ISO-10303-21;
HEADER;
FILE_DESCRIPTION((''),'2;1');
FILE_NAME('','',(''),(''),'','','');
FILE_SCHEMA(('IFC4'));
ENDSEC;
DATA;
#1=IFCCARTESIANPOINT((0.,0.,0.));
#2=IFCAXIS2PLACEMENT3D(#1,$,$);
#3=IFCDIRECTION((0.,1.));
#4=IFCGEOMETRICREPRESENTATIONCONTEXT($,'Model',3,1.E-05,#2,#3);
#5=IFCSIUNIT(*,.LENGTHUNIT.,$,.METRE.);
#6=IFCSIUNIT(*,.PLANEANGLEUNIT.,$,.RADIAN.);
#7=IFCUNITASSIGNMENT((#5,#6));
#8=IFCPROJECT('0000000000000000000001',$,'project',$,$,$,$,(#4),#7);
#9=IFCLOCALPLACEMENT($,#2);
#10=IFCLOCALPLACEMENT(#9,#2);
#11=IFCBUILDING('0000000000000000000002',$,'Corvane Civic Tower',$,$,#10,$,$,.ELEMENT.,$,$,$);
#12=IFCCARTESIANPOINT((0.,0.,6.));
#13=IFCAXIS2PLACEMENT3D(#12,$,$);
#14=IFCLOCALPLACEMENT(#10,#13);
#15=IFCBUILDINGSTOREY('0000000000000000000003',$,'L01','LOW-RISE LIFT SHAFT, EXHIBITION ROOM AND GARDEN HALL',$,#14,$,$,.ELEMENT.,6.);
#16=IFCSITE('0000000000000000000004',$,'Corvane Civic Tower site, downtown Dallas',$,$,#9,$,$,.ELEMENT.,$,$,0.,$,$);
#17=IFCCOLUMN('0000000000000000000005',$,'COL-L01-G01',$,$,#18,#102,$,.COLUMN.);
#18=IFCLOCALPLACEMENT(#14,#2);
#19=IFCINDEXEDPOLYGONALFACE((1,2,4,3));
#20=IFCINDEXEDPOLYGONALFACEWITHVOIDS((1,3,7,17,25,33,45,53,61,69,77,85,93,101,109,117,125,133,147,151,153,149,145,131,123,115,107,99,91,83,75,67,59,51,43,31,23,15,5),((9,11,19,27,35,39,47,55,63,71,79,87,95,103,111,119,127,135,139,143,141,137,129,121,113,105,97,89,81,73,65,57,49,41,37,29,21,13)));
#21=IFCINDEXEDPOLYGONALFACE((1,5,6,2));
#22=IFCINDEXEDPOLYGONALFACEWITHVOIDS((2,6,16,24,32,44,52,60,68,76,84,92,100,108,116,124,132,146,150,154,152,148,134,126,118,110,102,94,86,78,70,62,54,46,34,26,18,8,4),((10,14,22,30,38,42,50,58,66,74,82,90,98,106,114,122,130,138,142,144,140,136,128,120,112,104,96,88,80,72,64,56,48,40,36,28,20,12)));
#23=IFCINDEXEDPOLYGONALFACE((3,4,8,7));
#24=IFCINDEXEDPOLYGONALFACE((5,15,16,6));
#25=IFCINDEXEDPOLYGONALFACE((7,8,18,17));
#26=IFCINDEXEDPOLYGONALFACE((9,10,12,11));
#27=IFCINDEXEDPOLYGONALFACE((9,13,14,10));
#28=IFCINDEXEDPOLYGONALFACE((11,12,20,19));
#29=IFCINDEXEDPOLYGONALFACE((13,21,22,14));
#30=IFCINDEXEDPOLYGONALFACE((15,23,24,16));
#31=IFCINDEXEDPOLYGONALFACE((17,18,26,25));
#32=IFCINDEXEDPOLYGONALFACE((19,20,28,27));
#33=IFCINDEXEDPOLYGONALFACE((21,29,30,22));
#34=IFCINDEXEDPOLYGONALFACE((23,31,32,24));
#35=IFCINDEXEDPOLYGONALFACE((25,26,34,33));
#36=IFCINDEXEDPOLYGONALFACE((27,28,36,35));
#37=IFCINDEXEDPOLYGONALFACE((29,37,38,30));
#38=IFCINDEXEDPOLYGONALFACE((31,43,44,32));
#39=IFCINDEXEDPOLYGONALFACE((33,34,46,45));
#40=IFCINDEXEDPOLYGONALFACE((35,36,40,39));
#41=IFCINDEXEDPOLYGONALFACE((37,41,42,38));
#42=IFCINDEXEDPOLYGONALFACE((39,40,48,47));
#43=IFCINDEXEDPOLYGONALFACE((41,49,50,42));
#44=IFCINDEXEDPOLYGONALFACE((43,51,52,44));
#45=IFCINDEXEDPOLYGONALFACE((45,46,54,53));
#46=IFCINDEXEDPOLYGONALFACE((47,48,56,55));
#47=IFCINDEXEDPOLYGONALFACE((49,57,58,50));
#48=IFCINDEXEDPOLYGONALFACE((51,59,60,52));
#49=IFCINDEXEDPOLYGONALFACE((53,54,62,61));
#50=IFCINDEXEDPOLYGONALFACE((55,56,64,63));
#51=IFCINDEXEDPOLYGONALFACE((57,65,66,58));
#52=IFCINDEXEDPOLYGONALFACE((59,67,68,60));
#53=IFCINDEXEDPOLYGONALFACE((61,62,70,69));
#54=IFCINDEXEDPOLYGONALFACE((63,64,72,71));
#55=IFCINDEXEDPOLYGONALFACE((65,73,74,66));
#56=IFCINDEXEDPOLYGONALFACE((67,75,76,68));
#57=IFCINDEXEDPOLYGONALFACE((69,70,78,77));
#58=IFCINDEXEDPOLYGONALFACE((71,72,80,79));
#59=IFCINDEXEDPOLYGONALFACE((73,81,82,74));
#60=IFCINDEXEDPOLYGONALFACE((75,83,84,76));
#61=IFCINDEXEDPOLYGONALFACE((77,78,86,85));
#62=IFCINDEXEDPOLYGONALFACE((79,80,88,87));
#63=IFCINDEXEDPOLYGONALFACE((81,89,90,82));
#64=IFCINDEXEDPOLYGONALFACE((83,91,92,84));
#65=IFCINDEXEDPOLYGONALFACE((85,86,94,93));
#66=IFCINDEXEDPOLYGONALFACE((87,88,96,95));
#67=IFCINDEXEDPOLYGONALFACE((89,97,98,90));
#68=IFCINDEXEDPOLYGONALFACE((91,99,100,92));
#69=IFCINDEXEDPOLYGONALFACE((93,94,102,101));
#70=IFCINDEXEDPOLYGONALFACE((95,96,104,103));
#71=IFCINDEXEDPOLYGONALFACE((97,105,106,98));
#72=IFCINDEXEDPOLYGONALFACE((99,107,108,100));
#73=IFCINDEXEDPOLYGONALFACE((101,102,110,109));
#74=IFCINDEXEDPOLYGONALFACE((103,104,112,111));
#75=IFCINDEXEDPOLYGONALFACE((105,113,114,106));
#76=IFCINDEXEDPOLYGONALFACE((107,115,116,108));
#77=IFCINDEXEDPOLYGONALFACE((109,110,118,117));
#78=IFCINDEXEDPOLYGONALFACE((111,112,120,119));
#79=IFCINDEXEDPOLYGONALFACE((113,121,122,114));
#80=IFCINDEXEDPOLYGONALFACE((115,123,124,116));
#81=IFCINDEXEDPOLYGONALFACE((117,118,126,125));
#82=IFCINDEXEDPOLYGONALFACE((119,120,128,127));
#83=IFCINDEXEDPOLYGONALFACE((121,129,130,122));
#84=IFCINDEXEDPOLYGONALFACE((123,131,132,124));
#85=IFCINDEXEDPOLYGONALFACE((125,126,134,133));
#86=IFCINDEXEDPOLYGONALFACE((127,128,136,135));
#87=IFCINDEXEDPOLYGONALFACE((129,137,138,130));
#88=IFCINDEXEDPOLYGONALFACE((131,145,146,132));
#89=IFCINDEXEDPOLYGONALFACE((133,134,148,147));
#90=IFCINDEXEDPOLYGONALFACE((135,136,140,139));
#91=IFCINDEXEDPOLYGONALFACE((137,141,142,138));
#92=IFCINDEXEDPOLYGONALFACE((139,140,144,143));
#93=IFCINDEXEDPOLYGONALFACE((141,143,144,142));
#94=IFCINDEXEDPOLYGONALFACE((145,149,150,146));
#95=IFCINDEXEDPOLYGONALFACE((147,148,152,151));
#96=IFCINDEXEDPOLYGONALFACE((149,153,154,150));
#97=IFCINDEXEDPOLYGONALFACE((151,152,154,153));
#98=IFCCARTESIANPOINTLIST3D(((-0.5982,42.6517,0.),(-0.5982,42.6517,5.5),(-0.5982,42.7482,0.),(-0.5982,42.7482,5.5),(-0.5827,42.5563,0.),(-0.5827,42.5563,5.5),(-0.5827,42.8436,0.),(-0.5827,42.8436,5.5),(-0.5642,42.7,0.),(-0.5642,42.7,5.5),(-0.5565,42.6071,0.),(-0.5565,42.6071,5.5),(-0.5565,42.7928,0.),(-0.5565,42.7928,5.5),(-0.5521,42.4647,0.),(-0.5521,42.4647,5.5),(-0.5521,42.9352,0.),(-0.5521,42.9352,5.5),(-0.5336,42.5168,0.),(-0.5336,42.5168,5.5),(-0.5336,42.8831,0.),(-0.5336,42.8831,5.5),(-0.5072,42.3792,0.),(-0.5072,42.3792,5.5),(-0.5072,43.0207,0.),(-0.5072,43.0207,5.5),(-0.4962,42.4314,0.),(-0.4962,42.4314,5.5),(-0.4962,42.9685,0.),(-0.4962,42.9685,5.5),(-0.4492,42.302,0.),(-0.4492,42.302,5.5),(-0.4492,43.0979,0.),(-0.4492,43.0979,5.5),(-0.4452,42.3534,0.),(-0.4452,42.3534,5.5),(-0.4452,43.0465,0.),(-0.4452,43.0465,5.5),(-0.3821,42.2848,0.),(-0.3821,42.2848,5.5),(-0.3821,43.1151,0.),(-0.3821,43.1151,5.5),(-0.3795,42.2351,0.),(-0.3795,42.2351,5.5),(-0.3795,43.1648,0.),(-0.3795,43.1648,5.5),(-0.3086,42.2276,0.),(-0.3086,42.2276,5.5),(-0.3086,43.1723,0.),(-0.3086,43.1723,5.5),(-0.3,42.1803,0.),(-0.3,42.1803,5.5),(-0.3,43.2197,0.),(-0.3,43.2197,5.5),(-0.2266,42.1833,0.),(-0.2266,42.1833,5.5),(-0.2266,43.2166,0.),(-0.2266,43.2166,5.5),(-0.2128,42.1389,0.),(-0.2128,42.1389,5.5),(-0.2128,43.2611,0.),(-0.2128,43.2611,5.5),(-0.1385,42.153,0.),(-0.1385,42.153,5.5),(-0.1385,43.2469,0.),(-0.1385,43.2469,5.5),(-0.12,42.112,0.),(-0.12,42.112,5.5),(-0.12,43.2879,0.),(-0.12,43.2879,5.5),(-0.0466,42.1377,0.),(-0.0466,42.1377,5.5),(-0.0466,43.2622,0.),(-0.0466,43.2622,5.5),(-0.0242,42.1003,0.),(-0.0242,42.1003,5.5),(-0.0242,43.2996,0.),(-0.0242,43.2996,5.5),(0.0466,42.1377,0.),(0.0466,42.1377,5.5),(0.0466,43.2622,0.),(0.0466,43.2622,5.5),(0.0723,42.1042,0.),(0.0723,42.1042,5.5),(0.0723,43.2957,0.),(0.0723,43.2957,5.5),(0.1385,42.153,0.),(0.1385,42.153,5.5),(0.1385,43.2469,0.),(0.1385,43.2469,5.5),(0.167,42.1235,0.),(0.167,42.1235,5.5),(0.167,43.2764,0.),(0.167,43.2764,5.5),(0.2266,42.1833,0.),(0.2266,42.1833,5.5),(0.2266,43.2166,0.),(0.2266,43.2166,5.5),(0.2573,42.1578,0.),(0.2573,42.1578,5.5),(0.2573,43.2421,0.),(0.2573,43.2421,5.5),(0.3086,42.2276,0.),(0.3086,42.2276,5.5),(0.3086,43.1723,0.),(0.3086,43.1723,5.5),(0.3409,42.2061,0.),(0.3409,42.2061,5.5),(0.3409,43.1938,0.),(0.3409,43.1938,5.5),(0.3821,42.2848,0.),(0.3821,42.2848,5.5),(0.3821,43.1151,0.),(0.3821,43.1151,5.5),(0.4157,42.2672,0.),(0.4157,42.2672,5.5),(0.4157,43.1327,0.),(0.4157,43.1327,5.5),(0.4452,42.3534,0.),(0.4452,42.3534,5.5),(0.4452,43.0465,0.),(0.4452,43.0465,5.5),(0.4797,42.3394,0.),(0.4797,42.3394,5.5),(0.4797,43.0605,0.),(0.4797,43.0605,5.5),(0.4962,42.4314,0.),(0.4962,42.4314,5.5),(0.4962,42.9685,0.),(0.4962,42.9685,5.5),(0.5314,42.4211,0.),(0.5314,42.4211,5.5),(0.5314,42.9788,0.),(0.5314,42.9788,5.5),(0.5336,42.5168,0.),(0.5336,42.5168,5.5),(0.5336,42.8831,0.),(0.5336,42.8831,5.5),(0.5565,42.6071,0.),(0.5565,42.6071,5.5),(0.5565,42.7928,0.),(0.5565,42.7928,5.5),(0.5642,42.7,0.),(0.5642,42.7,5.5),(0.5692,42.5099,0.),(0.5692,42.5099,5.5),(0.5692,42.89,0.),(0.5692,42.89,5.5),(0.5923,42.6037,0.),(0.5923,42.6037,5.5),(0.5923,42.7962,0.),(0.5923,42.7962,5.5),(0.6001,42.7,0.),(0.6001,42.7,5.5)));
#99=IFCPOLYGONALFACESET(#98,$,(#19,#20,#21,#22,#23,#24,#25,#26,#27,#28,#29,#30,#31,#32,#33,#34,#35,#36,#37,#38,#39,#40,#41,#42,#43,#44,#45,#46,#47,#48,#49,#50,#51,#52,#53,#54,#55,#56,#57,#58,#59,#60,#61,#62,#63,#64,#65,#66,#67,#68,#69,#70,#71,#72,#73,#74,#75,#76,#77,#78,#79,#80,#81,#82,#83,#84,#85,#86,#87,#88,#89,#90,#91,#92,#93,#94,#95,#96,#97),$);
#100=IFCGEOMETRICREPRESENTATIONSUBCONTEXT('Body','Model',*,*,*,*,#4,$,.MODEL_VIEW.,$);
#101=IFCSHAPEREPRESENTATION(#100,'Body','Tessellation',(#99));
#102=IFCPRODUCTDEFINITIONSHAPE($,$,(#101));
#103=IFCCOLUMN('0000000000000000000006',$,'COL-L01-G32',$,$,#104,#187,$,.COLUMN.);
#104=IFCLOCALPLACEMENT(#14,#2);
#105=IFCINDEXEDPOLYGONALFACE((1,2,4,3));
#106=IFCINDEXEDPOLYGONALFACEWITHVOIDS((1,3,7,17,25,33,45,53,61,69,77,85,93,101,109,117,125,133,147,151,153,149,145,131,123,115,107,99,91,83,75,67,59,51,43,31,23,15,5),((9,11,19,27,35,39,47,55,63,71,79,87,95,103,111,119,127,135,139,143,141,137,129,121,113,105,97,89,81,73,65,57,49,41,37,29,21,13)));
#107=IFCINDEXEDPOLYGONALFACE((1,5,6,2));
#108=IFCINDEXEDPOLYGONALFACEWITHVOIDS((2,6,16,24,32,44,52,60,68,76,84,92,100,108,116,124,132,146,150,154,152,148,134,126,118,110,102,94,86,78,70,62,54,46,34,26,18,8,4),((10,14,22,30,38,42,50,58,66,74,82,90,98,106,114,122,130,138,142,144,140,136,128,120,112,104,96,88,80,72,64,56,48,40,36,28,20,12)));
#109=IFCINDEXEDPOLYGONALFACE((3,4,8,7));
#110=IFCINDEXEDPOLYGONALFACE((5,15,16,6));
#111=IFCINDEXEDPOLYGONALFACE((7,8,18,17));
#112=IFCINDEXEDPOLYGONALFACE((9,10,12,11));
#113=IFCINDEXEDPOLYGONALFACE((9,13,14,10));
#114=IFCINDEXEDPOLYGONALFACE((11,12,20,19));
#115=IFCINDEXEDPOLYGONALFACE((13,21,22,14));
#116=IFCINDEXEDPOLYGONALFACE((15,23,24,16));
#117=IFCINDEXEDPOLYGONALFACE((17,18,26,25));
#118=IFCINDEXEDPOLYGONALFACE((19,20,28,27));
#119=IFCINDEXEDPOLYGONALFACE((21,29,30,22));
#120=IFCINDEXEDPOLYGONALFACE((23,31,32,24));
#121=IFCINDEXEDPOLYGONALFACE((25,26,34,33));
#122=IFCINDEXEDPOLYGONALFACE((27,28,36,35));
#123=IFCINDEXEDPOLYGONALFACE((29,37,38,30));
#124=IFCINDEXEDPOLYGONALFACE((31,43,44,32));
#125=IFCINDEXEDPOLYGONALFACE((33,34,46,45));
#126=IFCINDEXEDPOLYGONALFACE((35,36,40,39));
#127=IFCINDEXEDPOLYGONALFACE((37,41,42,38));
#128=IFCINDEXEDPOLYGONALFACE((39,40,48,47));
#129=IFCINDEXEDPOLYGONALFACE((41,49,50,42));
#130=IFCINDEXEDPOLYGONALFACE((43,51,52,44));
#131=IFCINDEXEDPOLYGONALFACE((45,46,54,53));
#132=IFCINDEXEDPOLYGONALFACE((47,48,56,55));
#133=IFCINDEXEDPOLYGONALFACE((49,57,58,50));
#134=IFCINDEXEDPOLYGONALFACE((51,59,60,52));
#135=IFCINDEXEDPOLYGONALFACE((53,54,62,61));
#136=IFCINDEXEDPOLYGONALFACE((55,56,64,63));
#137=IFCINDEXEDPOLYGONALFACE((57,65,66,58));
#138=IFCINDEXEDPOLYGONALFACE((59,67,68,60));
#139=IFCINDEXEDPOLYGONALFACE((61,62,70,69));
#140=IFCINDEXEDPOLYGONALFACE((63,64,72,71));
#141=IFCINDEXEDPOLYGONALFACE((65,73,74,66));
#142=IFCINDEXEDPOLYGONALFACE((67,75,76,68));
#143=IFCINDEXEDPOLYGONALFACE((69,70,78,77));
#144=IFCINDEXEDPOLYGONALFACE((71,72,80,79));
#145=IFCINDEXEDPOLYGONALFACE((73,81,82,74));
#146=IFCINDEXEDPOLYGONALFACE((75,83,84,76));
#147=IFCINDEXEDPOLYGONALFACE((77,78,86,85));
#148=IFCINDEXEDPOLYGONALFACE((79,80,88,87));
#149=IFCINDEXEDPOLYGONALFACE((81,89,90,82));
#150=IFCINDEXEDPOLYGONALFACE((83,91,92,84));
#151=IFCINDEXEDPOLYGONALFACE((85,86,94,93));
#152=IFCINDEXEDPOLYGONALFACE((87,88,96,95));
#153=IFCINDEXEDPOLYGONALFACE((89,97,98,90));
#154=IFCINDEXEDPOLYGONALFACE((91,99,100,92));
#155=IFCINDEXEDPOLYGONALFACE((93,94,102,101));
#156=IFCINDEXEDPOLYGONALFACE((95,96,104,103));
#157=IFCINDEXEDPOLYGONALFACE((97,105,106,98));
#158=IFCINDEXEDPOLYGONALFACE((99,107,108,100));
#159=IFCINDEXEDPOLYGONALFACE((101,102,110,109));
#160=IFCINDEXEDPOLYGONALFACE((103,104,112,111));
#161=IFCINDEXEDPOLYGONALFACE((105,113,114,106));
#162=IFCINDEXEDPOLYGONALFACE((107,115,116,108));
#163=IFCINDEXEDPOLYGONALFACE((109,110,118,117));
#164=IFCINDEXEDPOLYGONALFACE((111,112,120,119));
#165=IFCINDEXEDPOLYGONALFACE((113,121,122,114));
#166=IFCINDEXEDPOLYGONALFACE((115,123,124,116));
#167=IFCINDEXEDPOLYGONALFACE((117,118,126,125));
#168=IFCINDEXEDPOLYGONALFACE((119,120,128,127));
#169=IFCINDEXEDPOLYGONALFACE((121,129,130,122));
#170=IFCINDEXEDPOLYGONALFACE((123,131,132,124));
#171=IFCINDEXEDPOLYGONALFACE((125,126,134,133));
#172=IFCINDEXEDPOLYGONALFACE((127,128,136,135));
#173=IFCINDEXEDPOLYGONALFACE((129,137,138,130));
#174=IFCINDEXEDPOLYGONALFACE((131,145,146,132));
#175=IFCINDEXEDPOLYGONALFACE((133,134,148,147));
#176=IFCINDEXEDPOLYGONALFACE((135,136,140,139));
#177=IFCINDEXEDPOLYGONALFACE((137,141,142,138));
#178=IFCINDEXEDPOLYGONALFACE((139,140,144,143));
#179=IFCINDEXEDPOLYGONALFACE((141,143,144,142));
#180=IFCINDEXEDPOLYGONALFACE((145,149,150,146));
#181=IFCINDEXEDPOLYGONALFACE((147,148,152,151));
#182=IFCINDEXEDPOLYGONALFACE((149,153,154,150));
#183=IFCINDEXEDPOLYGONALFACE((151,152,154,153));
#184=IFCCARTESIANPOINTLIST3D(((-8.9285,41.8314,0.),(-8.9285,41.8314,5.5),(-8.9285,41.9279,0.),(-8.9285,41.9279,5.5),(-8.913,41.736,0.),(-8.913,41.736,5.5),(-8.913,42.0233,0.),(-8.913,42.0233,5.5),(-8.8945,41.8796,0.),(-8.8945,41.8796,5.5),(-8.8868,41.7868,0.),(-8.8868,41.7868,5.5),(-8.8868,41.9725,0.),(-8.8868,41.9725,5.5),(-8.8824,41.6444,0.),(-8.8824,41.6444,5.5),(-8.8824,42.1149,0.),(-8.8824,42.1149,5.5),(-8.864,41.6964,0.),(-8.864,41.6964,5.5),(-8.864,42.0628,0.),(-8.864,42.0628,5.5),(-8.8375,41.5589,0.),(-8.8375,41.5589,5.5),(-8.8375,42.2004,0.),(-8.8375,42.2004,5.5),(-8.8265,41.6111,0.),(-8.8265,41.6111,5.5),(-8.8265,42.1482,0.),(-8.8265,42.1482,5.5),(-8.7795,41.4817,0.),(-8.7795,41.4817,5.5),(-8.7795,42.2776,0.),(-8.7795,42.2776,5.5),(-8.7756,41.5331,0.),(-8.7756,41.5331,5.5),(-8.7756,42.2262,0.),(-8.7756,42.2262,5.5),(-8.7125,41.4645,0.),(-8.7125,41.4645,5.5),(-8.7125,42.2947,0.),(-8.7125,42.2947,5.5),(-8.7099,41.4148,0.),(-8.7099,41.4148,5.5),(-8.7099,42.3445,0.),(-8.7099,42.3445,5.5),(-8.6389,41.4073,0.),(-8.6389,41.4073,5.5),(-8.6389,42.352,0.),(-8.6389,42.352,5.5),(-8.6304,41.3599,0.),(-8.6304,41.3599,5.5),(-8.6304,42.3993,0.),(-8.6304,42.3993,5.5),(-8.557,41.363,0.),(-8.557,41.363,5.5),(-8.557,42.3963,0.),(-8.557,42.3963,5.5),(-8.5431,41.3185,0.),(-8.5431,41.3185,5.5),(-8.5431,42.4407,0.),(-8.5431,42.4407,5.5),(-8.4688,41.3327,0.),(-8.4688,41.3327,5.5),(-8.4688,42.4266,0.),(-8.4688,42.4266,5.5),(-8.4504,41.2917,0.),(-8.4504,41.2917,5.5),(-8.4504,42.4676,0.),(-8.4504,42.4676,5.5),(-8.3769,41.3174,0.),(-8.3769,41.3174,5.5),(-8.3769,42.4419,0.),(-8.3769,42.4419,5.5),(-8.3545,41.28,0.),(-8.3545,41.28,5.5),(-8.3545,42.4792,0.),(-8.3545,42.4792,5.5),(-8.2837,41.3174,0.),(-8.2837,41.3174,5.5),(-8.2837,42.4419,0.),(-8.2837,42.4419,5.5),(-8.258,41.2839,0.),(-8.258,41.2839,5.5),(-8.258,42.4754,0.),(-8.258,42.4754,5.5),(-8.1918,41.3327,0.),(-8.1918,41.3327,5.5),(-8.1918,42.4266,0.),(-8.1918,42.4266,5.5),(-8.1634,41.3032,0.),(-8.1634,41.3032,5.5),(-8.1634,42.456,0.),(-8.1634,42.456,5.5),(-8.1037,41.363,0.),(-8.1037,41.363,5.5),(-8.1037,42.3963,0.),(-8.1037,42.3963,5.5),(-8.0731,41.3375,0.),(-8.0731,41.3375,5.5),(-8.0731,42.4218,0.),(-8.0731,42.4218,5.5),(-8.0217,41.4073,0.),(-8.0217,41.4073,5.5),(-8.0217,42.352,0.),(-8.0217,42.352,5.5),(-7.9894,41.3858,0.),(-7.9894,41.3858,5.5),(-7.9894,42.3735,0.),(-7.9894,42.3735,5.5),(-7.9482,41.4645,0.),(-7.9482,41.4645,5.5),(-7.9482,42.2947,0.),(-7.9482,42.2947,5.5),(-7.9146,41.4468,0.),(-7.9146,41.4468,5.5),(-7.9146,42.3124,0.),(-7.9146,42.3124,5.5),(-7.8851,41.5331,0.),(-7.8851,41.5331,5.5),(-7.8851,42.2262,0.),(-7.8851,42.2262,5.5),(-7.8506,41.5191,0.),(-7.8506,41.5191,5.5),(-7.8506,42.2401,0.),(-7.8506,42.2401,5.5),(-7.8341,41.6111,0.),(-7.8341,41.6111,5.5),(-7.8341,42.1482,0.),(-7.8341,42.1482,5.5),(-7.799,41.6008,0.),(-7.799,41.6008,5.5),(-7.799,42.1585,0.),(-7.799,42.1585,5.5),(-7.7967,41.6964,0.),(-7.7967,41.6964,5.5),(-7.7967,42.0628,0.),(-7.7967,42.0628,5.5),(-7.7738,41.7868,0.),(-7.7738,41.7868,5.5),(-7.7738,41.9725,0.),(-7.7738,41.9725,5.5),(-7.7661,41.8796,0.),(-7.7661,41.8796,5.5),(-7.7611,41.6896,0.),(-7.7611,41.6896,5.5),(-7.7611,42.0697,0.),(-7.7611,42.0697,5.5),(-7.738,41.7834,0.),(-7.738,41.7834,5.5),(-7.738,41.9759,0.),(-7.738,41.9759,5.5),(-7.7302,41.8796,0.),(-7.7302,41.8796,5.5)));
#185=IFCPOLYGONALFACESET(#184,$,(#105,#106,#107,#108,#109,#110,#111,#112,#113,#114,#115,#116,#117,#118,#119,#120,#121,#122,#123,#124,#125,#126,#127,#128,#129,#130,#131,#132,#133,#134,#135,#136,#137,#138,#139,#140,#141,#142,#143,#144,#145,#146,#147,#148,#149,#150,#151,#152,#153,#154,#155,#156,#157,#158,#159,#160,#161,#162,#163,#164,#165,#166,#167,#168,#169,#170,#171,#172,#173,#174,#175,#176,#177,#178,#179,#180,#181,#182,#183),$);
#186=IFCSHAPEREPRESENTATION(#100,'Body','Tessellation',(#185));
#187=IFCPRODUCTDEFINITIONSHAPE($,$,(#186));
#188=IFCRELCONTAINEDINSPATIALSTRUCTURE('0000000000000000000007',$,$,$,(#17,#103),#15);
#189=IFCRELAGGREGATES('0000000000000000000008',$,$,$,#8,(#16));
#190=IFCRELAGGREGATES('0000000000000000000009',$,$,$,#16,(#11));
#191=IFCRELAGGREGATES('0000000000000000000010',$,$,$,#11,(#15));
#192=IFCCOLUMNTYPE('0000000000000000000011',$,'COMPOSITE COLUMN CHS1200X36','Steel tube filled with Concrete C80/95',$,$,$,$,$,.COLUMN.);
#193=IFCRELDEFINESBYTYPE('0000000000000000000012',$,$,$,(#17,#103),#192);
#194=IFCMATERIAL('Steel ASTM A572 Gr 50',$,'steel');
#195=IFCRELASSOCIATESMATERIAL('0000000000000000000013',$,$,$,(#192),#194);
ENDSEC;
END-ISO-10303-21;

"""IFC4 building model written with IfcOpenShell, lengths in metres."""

from ifc_helpers import new_model, si_unit, direction, frame, origin, origin_2d, place, context, subcontext, project, spatial, hollow_circle, extrude, material, material_profile, profile_set, type_object, element, save


model = new_model("IFC4")

# Units and contexts
model_context = context("Model", 3, precision=1e-05, world=origin(), true_north=direction((0.0, 1.0)))
body_context = subcontext(model_context, "Body", "Model", "MODEL_VIEW")
ifc_project = project(units=[si_unit("LENGTHUNIT", "METRE"), si_unit("PLANEANGLEUNIT", "RADIAN")], contexts=[model_context])

# Site, building, storey
site_placement = place(None, origin())
site = spatial("IfcSite", under=ifc_project, at=site_placement, Name="Corvane Civic Tower site, downtown Dallas", CompositionType="ELEMENT", RefElevation=0.0)
building_placement = place(site_placement, origin())
building = spatial("IfcBuilding", under=site, at=building_placement, Name="Corvane Civic Tower", CompositionType="ELEMENT")
storey_placement = place(building_placement, frame((0.0, 0.0, 6.0)))
storey = spatial("IfcBuildingStorey", under=building, at=storey_placement, Name="L01", Description="LOW-RISE LIFT SHAFT, EXHIBITION ROOM AND GARDEN HALL", CompositionType="ELEMENT", Elevation=6.0)

# Columns
ifc_material_1 = material(Name="Steel ASTM A572 Gr 50", Category="steel")
ifc_material_profile_1 = material_profile(ifc_material_1, hollow_circle(Radius=0.6001, WallThickness=0.0359, at=origin_2d()), Name="CHS1200X36")
ifc_profile_set_1 = profile_set([ifc_material_profile_1], Name="Steel ASTM A572 Gr 50")
column_type_1 = type_object("IfcColumnType", Name="COMPOSITE COLUMN CHS1200X36", Description="Steel tube filled with Concrete C80/95", PredefinedType="COLUMN", material=ifc_profile_set_1)
for number, where, z_axis, x_axis, name in (
    (1, (0.0, 42.7, 0.0), (0.0, 0.0, 1.0), (1.0, 0.0, 0.0), "COL-L01-G01"),
    (2, (-8.3303, 41.8796, 0.0), (0.0, 0.0, 1.0), (1.0, 0.0, 0.0), "COL-L01-G32"),
):
    element("IfcColumn", number, at=place(storey_placement, frame(where, z_axis=z_axis, x_axis=x_axis)), inside=storey, type_object=column_type_1, Name=name, PredefinedType="COLUMN", context=body_context, shape_type="SweptSolid", body=[
        extrude(hollow_circle(Radius=0.6001, WallThickness=0.0359, at=origin_2d()), origin(), (0.0, 0.0, 1.0), 5.5),
    ])

save(model, "model.ifc")
